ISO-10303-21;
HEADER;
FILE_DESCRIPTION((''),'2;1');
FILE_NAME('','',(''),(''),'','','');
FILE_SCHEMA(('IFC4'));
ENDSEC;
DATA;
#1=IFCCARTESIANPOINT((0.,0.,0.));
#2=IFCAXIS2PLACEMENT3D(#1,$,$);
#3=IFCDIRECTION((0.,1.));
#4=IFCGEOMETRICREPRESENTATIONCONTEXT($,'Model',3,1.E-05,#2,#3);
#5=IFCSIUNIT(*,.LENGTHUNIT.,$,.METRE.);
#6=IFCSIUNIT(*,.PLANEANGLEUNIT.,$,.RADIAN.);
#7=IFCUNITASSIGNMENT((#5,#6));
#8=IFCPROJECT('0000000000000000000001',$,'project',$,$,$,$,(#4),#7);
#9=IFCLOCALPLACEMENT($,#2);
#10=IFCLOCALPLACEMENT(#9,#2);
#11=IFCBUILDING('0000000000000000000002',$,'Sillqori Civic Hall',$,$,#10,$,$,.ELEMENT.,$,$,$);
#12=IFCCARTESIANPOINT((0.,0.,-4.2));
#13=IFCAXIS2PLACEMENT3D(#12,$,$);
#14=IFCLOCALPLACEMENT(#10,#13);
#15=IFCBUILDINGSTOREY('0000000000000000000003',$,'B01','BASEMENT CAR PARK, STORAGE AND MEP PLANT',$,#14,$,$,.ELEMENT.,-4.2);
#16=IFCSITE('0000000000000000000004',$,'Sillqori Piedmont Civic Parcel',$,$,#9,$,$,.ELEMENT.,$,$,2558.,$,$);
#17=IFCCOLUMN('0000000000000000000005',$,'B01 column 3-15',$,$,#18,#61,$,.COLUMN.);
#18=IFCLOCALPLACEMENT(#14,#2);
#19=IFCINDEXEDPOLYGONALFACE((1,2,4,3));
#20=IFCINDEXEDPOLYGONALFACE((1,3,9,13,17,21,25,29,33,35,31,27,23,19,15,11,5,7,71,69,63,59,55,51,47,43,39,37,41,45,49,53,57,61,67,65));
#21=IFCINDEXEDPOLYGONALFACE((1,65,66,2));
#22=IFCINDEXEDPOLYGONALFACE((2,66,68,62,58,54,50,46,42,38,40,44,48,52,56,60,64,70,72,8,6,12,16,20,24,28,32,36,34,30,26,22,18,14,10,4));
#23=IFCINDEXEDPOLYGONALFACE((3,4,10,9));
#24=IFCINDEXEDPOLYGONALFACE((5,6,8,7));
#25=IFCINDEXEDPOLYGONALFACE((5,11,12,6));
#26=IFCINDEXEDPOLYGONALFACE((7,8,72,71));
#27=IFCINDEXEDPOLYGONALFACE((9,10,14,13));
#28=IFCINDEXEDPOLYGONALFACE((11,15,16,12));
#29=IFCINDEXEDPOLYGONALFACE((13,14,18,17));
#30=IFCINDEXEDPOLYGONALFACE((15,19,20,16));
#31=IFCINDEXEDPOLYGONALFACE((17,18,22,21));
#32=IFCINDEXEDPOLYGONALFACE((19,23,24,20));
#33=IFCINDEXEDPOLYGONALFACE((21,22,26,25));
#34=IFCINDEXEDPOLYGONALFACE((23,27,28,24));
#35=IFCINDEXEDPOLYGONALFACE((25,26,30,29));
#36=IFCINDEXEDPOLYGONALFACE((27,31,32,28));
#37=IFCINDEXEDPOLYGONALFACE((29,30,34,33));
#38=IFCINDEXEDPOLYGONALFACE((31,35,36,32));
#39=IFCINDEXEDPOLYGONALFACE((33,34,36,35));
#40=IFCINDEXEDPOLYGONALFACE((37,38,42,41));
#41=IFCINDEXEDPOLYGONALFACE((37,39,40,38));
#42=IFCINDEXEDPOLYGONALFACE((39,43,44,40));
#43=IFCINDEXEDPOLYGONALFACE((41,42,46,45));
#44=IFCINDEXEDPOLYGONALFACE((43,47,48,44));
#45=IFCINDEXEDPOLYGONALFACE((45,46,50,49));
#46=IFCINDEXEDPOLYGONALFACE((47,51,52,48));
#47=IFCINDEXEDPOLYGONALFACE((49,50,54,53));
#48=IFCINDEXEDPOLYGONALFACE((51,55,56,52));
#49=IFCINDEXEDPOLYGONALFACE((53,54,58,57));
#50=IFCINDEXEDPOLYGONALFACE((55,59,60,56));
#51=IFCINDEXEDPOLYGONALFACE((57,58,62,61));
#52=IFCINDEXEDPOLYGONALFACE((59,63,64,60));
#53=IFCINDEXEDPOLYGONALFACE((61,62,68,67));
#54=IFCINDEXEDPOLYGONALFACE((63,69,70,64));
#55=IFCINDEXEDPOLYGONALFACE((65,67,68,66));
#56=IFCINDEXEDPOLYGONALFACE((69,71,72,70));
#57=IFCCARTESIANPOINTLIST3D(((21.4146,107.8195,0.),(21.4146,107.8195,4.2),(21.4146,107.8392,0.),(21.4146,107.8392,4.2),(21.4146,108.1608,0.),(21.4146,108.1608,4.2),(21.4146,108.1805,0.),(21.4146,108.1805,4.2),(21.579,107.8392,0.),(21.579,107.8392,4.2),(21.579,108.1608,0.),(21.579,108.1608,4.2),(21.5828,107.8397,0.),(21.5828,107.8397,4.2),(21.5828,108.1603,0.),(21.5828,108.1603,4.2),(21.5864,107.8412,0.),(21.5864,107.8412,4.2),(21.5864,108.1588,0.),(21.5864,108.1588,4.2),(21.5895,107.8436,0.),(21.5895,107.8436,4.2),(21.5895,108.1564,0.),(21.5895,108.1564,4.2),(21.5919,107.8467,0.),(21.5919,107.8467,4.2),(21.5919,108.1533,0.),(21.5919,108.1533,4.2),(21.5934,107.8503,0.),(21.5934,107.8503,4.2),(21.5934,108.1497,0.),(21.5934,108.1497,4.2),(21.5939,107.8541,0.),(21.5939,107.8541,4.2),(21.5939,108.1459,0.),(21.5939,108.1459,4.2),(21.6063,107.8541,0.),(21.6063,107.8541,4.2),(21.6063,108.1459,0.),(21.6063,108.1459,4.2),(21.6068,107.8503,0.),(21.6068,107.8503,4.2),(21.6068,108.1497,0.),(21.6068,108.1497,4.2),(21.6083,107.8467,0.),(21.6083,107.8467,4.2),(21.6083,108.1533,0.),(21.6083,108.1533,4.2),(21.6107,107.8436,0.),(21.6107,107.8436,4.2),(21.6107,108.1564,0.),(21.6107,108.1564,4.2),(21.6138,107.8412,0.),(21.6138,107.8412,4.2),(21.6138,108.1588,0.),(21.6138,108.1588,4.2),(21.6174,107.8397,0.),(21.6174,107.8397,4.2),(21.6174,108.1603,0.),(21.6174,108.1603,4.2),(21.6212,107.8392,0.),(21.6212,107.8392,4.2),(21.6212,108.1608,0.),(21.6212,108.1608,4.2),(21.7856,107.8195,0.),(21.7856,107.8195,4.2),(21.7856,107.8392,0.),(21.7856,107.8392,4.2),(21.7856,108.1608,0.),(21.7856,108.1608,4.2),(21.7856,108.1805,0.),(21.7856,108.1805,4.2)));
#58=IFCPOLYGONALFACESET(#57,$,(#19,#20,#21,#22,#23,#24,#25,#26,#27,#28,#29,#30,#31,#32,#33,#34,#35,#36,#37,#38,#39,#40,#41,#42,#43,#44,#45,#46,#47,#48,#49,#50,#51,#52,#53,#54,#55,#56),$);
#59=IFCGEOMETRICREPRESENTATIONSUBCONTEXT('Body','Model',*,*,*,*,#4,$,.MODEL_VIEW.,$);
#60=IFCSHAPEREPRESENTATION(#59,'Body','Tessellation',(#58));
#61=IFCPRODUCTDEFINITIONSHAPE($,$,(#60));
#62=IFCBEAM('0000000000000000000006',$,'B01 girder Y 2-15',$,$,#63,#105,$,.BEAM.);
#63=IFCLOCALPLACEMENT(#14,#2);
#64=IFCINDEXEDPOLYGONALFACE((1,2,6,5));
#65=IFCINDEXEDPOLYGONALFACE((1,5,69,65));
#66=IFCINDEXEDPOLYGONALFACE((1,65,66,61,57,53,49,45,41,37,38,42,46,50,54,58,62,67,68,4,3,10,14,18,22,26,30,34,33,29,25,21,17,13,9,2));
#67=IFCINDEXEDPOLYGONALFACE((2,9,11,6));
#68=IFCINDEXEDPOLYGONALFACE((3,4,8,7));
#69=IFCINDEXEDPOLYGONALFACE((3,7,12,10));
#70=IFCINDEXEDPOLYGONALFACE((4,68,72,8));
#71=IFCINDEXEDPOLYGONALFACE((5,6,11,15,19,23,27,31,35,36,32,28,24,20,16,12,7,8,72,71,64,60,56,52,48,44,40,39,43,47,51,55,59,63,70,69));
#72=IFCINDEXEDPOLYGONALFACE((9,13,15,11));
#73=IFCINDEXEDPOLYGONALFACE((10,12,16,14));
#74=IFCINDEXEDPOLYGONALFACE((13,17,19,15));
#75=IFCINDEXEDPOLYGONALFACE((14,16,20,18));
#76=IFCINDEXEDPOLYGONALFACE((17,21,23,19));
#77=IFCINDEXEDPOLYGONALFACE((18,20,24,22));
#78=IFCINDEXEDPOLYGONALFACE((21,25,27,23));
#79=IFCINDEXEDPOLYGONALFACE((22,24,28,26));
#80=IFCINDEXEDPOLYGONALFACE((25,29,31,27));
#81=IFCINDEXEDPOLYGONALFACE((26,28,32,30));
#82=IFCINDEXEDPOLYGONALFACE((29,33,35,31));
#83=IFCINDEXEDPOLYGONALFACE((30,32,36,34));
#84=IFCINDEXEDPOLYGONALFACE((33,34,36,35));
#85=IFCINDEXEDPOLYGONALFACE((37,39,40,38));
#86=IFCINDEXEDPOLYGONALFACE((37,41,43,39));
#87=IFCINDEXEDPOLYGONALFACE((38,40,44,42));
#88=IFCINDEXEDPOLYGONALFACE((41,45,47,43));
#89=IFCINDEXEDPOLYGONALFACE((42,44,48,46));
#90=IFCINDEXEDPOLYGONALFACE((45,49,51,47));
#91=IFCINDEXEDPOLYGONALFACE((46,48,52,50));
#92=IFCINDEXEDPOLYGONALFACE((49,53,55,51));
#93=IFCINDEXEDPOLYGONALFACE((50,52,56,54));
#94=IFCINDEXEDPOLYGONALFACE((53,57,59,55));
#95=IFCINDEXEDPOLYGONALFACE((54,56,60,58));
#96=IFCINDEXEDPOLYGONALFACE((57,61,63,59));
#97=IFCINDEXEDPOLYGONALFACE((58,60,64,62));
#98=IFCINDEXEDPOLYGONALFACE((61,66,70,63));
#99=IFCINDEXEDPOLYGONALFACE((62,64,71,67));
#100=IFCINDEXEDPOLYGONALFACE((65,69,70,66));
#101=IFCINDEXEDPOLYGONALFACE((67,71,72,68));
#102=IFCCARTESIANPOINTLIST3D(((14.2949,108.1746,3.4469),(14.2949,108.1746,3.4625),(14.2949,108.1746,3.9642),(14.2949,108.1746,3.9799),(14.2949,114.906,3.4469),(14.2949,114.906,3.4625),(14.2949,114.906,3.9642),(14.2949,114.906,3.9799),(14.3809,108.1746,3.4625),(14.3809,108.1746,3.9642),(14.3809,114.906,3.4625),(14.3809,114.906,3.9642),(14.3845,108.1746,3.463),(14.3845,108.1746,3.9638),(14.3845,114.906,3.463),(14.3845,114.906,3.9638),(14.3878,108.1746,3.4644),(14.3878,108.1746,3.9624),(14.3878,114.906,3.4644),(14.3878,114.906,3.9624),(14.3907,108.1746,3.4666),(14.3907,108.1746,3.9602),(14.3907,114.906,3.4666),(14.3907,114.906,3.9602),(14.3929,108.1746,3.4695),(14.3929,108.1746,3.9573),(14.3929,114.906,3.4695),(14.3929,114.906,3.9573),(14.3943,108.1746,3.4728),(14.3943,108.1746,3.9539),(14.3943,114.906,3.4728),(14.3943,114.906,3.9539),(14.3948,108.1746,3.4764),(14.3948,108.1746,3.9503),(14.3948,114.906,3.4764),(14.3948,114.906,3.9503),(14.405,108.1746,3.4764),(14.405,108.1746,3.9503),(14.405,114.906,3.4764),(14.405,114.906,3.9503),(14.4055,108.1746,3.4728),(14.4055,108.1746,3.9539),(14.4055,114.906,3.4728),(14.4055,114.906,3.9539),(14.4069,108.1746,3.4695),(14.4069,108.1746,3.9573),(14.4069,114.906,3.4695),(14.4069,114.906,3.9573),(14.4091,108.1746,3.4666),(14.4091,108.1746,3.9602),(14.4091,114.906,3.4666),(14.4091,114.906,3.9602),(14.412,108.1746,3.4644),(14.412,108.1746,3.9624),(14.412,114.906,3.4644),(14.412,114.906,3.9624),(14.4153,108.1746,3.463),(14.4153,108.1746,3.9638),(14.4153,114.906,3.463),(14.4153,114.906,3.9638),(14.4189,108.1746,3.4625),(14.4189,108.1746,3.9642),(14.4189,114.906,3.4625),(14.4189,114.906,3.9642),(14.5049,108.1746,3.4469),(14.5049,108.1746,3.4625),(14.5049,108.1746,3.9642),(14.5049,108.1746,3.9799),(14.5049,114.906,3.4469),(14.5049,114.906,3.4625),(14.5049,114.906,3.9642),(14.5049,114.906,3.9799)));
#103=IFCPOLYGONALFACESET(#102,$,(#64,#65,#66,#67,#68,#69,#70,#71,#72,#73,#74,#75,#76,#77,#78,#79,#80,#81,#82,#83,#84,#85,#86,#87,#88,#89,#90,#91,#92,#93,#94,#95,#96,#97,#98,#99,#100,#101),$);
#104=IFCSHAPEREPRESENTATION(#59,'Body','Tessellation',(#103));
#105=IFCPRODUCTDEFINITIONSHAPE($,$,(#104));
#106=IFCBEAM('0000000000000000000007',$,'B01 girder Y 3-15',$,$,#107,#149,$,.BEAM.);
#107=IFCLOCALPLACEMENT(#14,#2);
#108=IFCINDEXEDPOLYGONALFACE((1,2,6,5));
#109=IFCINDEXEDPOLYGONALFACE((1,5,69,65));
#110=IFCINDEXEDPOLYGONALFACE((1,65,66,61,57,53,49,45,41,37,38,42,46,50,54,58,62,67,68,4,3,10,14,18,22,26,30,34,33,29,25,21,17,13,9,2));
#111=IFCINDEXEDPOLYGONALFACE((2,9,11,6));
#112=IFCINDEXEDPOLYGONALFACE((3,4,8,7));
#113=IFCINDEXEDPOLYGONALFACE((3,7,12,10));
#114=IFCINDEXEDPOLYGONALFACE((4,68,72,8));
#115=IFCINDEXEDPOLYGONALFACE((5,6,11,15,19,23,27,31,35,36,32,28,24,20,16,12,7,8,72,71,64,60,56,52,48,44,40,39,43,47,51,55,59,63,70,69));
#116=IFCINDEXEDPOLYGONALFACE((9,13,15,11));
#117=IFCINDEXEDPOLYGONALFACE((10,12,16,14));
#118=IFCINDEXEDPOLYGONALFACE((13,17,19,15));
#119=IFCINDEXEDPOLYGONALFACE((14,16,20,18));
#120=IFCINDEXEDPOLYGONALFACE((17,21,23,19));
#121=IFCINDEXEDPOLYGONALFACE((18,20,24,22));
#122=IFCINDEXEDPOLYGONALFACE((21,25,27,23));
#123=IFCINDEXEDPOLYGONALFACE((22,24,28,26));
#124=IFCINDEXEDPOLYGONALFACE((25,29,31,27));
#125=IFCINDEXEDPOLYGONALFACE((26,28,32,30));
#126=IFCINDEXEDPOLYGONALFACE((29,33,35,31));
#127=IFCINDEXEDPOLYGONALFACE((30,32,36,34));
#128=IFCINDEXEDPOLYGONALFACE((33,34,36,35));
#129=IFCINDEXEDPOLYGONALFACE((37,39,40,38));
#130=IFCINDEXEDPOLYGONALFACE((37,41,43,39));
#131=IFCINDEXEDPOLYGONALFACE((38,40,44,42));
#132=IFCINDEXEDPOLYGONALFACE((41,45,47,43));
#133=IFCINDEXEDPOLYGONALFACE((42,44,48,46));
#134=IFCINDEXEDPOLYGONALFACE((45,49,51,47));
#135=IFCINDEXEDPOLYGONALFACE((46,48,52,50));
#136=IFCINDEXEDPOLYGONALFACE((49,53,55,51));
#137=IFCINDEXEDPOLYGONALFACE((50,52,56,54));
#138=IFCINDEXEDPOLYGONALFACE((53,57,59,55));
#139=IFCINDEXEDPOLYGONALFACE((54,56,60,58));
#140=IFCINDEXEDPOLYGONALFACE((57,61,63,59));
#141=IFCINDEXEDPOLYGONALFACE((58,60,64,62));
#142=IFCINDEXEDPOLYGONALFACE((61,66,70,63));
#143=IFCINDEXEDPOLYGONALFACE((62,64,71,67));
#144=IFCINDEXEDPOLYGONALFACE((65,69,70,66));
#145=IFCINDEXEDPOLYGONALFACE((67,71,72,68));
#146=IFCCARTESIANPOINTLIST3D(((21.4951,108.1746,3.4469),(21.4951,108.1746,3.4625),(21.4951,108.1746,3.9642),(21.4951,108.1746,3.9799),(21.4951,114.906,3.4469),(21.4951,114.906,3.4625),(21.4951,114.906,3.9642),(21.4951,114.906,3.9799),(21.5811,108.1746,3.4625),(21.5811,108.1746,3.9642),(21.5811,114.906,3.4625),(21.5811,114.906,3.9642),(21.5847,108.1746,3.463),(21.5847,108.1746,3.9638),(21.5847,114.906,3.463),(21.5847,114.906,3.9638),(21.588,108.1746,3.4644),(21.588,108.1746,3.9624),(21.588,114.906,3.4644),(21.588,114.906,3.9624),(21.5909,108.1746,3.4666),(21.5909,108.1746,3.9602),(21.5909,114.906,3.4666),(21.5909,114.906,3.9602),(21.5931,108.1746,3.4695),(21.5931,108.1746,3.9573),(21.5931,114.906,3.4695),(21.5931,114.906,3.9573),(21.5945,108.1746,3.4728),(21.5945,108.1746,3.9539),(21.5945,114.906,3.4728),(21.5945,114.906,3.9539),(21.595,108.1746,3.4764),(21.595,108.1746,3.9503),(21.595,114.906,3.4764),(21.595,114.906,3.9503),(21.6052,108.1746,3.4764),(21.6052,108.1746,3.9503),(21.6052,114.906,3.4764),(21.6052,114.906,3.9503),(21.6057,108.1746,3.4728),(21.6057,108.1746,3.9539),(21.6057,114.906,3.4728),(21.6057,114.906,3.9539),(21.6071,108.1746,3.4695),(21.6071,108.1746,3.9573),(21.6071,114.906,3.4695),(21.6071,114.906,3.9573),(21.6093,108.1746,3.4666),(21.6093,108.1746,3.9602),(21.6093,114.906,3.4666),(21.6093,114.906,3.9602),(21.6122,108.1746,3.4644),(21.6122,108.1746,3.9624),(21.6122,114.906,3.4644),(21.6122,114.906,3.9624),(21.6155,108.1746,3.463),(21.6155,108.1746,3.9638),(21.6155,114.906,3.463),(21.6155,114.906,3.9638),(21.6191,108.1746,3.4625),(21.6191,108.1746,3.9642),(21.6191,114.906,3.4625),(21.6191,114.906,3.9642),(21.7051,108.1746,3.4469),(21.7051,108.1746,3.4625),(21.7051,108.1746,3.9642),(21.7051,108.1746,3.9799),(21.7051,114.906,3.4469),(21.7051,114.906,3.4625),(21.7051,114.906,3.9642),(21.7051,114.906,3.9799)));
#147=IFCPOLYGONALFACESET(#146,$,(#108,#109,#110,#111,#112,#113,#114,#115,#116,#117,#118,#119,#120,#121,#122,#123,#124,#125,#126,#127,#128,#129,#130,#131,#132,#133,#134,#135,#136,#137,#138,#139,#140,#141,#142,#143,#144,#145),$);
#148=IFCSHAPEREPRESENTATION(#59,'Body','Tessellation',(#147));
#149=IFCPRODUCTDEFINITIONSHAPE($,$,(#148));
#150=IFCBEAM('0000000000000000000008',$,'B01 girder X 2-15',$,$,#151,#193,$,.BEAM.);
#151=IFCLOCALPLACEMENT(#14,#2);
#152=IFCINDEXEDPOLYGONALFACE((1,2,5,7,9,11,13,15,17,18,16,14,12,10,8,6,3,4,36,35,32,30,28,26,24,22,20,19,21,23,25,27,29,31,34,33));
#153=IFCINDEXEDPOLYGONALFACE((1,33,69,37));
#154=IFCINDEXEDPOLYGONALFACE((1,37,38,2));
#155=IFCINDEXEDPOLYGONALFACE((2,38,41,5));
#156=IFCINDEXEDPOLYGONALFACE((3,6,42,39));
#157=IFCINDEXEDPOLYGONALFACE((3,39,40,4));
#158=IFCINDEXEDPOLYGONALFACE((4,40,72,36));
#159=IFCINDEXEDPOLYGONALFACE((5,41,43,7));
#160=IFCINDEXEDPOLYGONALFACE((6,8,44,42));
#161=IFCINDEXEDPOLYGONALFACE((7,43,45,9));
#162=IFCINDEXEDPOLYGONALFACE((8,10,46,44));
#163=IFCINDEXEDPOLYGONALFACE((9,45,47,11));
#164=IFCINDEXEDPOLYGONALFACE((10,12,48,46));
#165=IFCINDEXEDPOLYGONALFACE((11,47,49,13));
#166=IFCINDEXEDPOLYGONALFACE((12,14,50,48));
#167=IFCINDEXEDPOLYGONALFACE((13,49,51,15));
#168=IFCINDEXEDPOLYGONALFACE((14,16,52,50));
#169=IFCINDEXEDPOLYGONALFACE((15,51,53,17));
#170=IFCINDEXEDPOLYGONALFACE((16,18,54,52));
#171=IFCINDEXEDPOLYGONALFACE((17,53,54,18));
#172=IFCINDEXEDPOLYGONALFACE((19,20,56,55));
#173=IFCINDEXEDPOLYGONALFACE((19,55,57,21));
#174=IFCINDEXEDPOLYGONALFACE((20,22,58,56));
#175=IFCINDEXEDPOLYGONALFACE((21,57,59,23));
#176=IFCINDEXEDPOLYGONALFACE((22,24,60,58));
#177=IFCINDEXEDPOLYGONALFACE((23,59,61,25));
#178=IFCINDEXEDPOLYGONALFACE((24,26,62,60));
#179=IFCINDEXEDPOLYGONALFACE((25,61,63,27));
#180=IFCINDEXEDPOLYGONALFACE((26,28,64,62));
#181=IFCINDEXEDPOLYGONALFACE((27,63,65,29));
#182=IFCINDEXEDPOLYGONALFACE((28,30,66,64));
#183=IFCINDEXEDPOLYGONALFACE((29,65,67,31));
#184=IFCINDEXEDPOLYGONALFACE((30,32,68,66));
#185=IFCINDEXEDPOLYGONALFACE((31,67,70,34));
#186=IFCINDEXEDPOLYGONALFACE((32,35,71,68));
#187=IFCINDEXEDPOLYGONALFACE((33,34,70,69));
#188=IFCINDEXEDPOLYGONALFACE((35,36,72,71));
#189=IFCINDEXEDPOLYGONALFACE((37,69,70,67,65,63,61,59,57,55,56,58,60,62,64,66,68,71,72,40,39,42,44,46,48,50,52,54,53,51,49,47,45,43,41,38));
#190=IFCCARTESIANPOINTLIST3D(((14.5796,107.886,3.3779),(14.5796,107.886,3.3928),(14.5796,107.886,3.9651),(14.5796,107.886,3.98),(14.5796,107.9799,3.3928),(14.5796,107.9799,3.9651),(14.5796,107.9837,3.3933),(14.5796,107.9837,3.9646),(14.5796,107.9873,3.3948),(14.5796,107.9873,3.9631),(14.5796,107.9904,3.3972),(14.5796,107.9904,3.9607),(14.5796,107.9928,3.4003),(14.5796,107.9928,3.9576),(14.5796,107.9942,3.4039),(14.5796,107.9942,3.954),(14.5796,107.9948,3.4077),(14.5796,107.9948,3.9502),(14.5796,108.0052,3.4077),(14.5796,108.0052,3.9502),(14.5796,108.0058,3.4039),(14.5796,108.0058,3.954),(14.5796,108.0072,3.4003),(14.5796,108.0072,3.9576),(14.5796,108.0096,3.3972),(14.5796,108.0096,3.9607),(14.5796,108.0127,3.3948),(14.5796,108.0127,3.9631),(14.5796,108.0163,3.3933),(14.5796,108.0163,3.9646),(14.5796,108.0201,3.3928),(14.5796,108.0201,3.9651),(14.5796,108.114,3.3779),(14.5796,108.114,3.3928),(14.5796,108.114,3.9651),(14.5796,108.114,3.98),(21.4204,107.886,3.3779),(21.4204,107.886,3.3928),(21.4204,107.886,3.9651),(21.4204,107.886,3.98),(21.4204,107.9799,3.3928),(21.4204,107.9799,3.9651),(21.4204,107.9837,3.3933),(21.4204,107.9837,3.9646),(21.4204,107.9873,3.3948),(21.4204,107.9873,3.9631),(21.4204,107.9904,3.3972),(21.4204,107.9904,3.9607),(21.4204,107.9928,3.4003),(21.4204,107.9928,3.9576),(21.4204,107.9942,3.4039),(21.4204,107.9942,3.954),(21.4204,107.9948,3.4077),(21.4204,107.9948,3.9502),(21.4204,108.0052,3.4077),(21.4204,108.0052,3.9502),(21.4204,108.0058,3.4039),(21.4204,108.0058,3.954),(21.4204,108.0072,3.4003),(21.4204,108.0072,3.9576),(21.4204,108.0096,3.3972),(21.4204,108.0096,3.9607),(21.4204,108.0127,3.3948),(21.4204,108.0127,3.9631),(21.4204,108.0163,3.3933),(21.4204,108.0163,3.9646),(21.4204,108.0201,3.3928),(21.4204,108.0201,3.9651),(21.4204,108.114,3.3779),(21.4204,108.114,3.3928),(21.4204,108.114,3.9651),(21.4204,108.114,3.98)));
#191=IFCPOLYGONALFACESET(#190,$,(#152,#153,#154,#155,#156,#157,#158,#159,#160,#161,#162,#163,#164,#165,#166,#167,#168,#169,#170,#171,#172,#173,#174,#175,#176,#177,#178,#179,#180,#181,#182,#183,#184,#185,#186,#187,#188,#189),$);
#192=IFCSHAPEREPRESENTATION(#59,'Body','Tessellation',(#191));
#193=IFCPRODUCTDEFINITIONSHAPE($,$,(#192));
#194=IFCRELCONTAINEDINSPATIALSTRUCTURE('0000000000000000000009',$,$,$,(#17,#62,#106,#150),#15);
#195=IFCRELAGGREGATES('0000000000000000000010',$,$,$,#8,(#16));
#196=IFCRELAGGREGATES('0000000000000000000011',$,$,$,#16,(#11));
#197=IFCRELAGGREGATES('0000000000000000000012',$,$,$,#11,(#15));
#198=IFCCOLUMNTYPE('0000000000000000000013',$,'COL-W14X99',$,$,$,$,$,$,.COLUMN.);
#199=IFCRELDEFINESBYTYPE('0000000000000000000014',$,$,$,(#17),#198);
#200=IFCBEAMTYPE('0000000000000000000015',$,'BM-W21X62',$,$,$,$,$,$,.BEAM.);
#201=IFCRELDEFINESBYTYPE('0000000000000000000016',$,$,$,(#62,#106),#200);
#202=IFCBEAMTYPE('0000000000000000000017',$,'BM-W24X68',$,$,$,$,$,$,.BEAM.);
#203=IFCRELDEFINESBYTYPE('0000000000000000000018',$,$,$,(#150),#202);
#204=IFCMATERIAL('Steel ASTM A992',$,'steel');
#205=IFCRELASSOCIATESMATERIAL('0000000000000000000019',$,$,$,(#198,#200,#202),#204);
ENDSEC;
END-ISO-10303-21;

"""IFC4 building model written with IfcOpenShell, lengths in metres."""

from ifc_helpers import new_model, si_unit, direction, frame, origin, origin_2d, place, context, subcontext, project, spatial, i_section, extrude, material, material_profile, profile_set, type_object, element, save


model = new_model("IFC4")

# Units and contexts
model_context = context("Model", 3, precision=1e-05, world=origin(), true_north=direction((0.0, 1.0)))
body_context = subcontext(model_context, "Body", "Model", "MODEL_VIEW")
ifc_project = project(units=[si_unit("LENGTHUNIT", "METRE"), si_unit("PLANEANGLEUNIT", "RADIAN")], contexts=[model_context])

# Site, building, storey
site_placement = place(None, origin())
site = spatial("IfcSite", under=ifc_project, at=site_placement, Name="Sillqori Piedmont Civic Parcel", CompositionType="ELEMENT", RefElevation=2558.0)
building_placement = place(site_placement, origin())
building = spatial("IfcBuilding", under=site, at=building_placement, Name="Sillqori Civic Hall", CompositionType="ELEMENT")
storey_placement = place(building_placement, frame((0.0, 0.0, -4.2)))
storey = spatial("IfcBuildingStorey", under=building, at=storey_placement, Name="B01", Description="BASEMENT CAR PARK, STORAGE AND MEP PLANT", CompositionType="ELEMENT", Elevation=-4.2)

# Column
ifc_material_1 = material(Name="Steel ASTM A992", Category="steel")
ifc_material_profile_1 = material_profile(ifc_material_1, i_section(OverallWidth=0.3711, OverallDepth=0.3611, WebThickness=0.0125, FlangeThickness=0.0198, FilletRadius=0.0149, at=origin_2d()), Name="W14X99")
ifc_profile_set_1 = profile_set([ifc_material_profile_1], Name="Steel ASTM A992")
column_type_1 = type_object("IfcColumnType", Name="COL-W14X99", PredefinedType="COLUMN", material=ifc_profile_set_1)
column_1_placement = place(storey_placement, frame((21.6001, 108.0, 0.0), z_axis=(0.0, 0.0, 1.0), x_axis=(1.0, 0.0, 0.0)))
element("IfcColumn", 1, at=column_1_placement, inside=storey, type_object=column_type_1, Name="B01 column 3-15", PredefinedType="COLUMN", context=body_context, shape_type="SweptSolid", body=[
    extrude(i_section(OverallWidth=0.3711, OverallDepth=0.3611, WebThickness=0.0125, FlangeThickness=0.0198, FilletRadius=0.0149, at=origin_2d()), origin(), (0.0, 0.0, 1.0), 4.2),
])

# Beams
ifc_material_profile_2 = material_profile(ifc_material_1, i_section(OverallWidth=0.21, OverallDepth=0.533, WebThickness=0.0103, FlangeThickness=0.0156, FilletRadius=0.0139, at=origin_2d()), Name="W21X62")
ifc_profile_set_2 = profile_set([ifc_material_profile_2], Name="Steel ASTM A992")
beam_type_1 = type_object("IfcBeamType", Name="BM-W21X62", PredefinedType="BEAM", material=ifc_profile_set_2)
for number, where, z_axis, x_axis, name in (
    (2, (14.3999, 108.1746, 3.7134), (0.0, 1.0, 0.0), (-1.0, 0.0, 0.0), "B01 girder Y 2-15"),
    (3, (21.6001, 108.1746, 3.7134), (0.0, 1.0, 0.0), (-1.0, 0.0, 0.0), "B01 girder Y 3-15"),
):
    element("IfcBeam", number, at=place(storey_placement, frame(where, z_axis=z_axis, x_axis=x_axis)), inside=storey, type_object=beam_type_1, Name=name, PredefinedType="BEAM", context=body_context, shape_type="SweptSolid", body=[
        extrude(i_section(OverallWidth=0.21, OverallDepth=0.533, WebThickness=0.0103, FlangeThickness=0.0156, FilletRadius=0.0139, at=origin_2d()), origin(), (0.0, 0.0, 1.0), 6.7314),
    ])
ifc_material_profile_3 = material_profile(ifc_material_1, i_section(OverallWidth=0.228, OverallDepth=0.6021, WebThickness=0.0105, FlangeThickness=0.0149, FilletRadius=0.0149, at=origin_2d()), Name="W24X68")
ifc_profile_set_3 = profile_set([ifc_material_profile_3], Name="Steel ASTM A992")
beam_type_2 = type_object("IfcBeamType", Name="BM-W24X68", PredefinedType="BEAM", material=ifc_profile_set_3)
beam_1_placement = place(storey_placement, frame((14.5796, 108.0, 3.679), z_axis=(1.0, 0.0, 0.0), x_axis=(0.0, 1.0, 0.0)))
element("IfcBeam", 4, at=beam_1_placement, inside=storey, type_object=beam_type_2, Name="B01 girder X 2-15", PredefinedType="BEAM", context=body_context, shape_type="SweptSolid", body=[
    extrude(i_section(OverallWidth=0.228, OverallDepth=0.6021, WebThickness=0.0105, FlangeThickness=0.0149, FilletRadius=0.0149, at=origin_2d()), origin(), (0.0, 0.0, 1.0), 6.8408),
])

save(model, "model.ifc")
